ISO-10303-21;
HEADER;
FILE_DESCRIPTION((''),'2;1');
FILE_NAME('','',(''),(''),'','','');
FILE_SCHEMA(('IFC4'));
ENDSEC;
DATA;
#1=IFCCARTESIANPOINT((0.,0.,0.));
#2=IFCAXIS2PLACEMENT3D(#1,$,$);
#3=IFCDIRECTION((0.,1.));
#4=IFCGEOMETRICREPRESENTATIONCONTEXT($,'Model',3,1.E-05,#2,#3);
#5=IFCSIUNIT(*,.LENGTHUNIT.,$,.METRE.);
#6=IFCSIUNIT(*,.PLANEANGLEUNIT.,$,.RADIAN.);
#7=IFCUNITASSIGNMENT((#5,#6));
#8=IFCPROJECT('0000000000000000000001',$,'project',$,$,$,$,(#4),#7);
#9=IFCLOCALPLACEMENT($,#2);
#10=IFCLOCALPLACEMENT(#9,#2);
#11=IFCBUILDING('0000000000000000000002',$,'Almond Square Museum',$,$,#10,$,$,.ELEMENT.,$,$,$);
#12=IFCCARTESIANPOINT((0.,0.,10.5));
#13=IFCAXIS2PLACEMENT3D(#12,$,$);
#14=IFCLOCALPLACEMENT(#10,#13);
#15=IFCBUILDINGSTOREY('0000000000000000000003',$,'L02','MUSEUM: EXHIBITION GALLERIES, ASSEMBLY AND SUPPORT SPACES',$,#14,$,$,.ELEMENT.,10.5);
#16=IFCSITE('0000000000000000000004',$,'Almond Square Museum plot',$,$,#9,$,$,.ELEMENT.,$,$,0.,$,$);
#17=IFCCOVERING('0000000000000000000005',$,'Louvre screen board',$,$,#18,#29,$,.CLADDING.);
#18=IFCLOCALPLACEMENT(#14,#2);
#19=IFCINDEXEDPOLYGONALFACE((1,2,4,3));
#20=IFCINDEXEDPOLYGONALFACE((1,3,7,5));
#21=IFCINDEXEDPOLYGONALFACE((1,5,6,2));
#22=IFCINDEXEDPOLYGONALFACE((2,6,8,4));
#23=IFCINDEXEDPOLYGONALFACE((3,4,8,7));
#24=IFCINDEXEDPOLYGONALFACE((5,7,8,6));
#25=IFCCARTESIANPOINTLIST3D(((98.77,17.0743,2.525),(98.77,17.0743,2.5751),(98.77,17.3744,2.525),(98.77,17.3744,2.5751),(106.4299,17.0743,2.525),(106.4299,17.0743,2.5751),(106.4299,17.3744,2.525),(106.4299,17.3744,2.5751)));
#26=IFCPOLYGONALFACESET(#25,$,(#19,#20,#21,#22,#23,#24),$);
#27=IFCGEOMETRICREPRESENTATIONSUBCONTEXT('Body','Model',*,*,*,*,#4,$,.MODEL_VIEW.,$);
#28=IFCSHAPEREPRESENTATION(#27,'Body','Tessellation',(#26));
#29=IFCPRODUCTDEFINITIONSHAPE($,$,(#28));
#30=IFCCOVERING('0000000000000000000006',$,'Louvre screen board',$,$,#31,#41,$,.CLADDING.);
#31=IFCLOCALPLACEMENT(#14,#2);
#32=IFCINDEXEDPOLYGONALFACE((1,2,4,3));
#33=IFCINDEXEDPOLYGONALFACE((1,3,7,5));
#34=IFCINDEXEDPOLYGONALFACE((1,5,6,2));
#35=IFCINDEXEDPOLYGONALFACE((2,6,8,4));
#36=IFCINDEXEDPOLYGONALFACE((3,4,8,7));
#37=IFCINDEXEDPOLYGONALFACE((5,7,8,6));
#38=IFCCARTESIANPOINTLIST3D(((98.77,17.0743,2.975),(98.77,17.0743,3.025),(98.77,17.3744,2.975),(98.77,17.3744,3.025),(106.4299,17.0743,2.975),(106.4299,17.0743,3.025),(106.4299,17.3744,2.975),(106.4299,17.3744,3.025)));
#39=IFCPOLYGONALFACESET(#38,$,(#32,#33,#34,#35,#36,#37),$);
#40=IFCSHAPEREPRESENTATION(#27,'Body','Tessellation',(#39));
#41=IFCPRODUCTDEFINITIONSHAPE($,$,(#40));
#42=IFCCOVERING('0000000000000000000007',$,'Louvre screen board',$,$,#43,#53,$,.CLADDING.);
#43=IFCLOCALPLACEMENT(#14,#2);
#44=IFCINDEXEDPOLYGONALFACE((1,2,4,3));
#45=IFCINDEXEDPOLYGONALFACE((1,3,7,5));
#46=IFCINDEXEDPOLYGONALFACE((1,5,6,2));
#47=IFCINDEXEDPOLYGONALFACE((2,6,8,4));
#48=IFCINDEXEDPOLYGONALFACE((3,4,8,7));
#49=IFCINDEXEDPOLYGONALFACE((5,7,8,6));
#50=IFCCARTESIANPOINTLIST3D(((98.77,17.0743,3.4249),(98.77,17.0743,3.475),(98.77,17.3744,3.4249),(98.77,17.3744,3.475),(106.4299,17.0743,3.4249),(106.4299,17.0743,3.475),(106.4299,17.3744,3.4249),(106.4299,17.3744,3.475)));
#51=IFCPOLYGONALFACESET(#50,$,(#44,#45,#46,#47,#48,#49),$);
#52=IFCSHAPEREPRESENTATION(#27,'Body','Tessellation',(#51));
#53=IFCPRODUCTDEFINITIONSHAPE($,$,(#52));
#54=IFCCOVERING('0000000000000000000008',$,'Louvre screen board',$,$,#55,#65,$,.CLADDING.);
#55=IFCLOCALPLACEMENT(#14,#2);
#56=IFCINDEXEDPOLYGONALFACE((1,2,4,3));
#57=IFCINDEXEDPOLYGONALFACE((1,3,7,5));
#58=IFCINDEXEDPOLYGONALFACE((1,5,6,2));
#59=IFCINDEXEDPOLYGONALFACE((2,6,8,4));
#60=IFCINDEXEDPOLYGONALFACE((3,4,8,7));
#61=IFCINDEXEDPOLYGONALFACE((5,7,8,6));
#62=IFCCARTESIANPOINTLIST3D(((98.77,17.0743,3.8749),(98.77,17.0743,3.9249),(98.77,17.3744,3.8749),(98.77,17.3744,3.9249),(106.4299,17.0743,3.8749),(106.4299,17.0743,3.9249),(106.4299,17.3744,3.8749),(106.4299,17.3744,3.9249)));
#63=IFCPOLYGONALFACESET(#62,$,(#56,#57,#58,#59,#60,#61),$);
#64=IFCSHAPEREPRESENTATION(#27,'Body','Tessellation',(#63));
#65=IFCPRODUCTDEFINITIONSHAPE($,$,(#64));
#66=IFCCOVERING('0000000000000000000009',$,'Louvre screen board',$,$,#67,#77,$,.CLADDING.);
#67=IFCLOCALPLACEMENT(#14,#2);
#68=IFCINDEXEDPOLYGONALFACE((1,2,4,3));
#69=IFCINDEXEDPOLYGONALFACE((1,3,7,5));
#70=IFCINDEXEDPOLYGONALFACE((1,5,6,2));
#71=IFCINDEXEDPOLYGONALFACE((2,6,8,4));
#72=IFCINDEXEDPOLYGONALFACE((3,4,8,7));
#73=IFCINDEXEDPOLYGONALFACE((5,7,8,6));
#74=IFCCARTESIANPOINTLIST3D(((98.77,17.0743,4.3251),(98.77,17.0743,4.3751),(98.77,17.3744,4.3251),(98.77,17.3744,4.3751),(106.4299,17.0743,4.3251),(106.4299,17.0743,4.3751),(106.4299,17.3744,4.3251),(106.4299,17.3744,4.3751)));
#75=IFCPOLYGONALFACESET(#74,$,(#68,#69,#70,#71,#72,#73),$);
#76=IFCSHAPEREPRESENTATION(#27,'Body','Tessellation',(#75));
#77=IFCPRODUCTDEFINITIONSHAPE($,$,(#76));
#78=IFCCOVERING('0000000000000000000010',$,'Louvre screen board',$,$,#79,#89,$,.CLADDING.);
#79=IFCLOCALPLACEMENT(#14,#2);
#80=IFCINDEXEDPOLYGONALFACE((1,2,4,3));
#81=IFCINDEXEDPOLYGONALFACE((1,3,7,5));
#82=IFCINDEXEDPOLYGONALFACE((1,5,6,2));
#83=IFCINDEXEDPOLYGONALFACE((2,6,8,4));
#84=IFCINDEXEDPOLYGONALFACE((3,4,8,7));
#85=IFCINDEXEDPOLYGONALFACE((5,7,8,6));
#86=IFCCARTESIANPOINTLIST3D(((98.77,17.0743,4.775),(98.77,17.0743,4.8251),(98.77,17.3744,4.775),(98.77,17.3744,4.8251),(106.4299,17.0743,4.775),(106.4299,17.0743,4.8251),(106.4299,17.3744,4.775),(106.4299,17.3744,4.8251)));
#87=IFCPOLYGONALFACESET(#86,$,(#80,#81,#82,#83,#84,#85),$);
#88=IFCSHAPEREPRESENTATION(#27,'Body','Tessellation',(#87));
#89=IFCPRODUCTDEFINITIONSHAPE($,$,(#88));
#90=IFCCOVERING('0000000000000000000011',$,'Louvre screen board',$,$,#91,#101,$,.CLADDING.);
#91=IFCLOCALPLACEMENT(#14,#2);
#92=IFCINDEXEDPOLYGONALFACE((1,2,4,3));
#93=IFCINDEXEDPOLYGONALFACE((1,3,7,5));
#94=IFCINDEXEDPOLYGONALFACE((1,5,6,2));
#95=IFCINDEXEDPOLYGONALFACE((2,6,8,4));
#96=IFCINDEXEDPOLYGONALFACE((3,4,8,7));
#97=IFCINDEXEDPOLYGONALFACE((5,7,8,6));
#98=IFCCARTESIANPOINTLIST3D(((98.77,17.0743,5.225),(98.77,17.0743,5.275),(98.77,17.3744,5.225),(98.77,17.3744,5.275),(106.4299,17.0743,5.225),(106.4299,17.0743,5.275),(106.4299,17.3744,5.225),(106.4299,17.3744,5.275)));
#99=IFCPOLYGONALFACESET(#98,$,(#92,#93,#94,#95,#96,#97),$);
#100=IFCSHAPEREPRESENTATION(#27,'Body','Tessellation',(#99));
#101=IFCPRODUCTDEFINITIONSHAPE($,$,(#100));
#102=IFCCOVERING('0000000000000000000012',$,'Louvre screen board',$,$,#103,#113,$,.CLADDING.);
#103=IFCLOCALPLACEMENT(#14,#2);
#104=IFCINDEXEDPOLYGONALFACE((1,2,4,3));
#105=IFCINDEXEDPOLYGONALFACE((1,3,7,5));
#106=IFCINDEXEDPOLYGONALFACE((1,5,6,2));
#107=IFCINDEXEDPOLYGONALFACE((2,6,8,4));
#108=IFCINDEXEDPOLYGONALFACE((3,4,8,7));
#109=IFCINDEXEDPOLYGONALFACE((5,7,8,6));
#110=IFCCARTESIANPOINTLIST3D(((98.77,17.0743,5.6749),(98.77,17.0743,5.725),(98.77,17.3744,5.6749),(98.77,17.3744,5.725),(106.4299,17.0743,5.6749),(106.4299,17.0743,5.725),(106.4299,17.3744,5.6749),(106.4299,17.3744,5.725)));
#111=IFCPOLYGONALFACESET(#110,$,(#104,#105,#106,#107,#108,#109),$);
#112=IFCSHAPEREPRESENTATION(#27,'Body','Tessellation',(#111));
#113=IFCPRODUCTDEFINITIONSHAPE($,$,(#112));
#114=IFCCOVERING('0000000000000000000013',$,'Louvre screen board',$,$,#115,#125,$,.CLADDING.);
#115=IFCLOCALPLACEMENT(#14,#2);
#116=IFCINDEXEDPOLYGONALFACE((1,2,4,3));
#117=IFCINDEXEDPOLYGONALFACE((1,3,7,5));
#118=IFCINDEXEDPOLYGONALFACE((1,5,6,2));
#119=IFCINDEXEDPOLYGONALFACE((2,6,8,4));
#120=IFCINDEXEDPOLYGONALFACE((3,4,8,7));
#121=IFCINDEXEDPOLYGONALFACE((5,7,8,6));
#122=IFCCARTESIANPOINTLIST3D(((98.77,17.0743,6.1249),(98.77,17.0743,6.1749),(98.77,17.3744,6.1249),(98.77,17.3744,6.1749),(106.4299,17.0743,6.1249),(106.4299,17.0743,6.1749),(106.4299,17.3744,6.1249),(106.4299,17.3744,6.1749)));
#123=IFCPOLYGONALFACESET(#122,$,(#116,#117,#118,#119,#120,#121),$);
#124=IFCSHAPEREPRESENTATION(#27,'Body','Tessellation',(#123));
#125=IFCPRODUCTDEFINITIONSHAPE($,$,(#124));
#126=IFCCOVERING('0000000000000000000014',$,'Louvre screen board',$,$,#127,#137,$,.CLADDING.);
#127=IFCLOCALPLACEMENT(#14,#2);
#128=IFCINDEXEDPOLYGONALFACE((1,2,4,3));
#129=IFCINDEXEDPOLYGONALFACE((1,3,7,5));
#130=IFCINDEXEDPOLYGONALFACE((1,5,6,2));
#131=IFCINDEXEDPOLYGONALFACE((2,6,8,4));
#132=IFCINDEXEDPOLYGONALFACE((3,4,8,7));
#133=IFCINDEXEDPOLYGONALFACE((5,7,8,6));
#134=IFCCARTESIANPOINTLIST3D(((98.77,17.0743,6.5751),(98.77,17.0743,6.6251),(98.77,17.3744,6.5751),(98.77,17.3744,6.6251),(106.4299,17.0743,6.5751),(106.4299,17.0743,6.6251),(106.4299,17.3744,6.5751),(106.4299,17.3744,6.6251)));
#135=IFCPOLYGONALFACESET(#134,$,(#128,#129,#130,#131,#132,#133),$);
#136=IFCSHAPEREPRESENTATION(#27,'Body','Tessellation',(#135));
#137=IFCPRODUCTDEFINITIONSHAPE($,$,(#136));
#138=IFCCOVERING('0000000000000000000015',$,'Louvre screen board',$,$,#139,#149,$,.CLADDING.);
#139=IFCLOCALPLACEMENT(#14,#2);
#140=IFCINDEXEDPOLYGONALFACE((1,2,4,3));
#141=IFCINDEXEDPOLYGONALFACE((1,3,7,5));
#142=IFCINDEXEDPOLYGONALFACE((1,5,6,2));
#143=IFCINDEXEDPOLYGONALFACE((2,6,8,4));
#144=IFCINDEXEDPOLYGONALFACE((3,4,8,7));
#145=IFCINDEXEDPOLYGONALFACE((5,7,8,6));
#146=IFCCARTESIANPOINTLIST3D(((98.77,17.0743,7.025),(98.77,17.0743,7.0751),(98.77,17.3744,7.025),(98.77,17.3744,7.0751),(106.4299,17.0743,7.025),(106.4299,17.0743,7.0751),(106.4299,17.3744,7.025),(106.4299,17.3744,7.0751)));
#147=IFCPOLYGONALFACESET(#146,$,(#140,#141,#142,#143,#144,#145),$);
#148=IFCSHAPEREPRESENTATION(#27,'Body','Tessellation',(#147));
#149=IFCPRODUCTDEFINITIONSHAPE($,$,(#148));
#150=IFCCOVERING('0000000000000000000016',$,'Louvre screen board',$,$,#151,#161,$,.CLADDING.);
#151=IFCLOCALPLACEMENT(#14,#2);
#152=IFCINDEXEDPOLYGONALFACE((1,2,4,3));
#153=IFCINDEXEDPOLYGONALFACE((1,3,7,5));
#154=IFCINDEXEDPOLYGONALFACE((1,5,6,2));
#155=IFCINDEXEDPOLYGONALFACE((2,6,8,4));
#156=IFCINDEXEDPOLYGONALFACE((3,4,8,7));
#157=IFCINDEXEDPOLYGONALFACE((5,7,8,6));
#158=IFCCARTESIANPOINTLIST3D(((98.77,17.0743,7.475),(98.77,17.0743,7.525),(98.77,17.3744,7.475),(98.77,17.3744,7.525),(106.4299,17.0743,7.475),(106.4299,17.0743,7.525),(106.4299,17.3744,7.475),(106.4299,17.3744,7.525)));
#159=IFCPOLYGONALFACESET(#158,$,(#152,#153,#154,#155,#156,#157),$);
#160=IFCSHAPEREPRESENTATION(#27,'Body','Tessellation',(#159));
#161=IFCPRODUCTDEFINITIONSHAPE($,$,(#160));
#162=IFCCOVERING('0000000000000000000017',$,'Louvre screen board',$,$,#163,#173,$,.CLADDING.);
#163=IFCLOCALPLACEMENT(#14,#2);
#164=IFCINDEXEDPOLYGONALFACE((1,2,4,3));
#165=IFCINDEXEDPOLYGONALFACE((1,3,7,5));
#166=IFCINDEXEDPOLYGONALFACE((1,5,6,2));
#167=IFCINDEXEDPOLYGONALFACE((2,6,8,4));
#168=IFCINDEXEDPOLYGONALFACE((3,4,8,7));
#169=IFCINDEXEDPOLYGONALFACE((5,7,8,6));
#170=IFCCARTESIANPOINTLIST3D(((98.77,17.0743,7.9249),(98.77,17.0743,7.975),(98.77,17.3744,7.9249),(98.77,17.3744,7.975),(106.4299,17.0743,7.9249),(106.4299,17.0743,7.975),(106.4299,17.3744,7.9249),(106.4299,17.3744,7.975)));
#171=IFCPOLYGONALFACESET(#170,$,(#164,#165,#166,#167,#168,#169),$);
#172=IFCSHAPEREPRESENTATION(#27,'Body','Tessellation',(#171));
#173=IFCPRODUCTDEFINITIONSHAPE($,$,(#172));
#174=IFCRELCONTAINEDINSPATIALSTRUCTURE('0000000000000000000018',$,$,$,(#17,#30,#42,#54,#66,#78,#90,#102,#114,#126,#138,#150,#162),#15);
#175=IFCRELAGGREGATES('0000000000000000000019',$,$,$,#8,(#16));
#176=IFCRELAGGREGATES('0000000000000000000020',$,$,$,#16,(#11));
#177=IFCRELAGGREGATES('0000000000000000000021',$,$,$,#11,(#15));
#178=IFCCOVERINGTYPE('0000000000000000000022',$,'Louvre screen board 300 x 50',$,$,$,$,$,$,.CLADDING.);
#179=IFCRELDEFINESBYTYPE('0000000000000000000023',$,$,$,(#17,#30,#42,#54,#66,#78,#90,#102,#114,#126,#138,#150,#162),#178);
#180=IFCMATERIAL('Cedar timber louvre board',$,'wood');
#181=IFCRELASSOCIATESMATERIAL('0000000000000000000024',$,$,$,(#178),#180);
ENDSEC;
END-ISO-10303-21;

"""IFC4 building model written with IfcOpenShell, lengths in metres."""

from ifc_helpers import new_model, si_unit, direction, frame, origin, origin_2d, place, context, subcontext, project, spatial, rectangle, extrude, material, material_profile, profile_set, type_object, element, save


model = new_model("IFC4")

# Units and contexts
model_context = context("Model", 3, precision=1e-05, world=origin(), true_north=direction((0.0, 1.0)))
body_context = subcontext(model_context, "Body", "Model", "MODEL_VIEW")
ifc_project = project(units=[si_unit("LENGTHUNIT", "METRE"), si_unit("PLANEANGLEUNIT", "RADIAN")], contexts=[model_context])

# Site, building, storey
site_placement = place(None, origin())
site = spatial("IfcSite", under=ifc_project, at=site_placement, Name="Almond Square Museum plot", CompositionType="ELEMENT", RefElevation=0.0)
building_placement = place(site_placement, origin())
building = spatial("IfcBuilding", under=site, at=building_placement, Name="Almond Square Museum", CompositionType="ELEMENT")
storey_placement = place(building_placement, frame((0.0, 0.0, 10.5)))
storey = spatial("IfcBuildingStorey", under=building, at=storey_placement, Name="L02", Description="MUSEUM: EXHIBITION GALLERIES, ASSEMBLY AND SUPPORT SPACES", CompositionType="ELEMENT", Elevation=10.5)

# Coverings
ifc_material = material(Name="Cedar timber louvre board", Category="wood")
ifc_material_profile = material_profile(ifc_material, rectangle(XDim=0.3, YDim=0.05, at=origin_2d()))
ifc_profile_set = profile_set([ifc_material_profile], Name="Cedar timber louvre board")
covering_type = type_object("IfcCoveringType", Name="Louvre screen board 300 x 50", PredefinedType="CLADDING", material=ifc_profile_set)
for number, where, z_axis, x_axis, name in (
    (1, (98.77, 17.2244, 2.55), (1.0, 0.0, 0.0), (0.0, 1.0, 0.0), "Louvre screen board"),
    (2, (98.77, 17.2244, 3.0), (1.0, 0.0, 0.0), (0.0, 1.0, 0.0), "Louvre screen board"),
    (3, (98.77, 17.2244, 3.45), (1.0, 0.0, 0.0), (0.0, 1.0, 0.0), "Louvre screen board"),
    (4, (98.77, 17.2244, 3.8999), (1.0, 0.0, 0.0), (0.0, 1.0, 0.0), "Louvre screen board"),
    (5, (98.77, 17.2244, 4.3501), (1.0, 0.0, 0.0), (0.0, 1.0, 0.0), "Louvre screen board"),
    (6, (98.77, 17.2244, 4.8), (1.0, 0.0, 0.0), (0.0, 1.0, 0.0), "Louvre screen board"),
    (7, (98.77, 17.2244, 5.25), (1.0, 0.0, 0.0), (0.0, 1.0, 0.0), "Louvre screen board"),
    (8, (98.77, 17.2244, 5.7), (1.0, 0.0, 0.0), (0.0, 1.0, 0.0), "Louvre screen board"),
    (9, (98.77, 17.2244, 6.1499), (1.0, 0.0, 0.0), (0.0, 1.0, 0.0), "Louvre screen board"),
    (10, (98.77, 17.2244, 6.6001), (1.0, 0.0, 0.0), (0.0, 1.0, 0.0), "Louvre screen board"),
    (11, (98.77, 17.2244, 7.05), (1.0, 0.0, 0.0), (0.0, 1.0, 0.0), "Louvre screen board"),
    (12, (98.77, 17.2244, 7.5), (1.0, 0.0, 0.0), (0.0, 1.0, 0.0), "Louvre screen board"),
    (13, (98.77, 17.2244, 7.95), (1.0, 0.0, 0.0), (0.0, 1.0, 0.0), "Louvre screen board"),
):
    element("IfcCovering", number, at=place(storey_placement, frame(where, z_axis=z_axis, x_axis=x_axis)), inside=storey, type_object=covering_type, Name=name, PredefinedType="CLADDING", context=body_context, shape_type="SweptSolid", body=[
        extrude(rectangle(XDim=0.3, YDim=0.05, at=origin_2d()), origin(), (0.0, 0.0, 1.0), 7.6599),
    ])

save(model, "model.ifc")
